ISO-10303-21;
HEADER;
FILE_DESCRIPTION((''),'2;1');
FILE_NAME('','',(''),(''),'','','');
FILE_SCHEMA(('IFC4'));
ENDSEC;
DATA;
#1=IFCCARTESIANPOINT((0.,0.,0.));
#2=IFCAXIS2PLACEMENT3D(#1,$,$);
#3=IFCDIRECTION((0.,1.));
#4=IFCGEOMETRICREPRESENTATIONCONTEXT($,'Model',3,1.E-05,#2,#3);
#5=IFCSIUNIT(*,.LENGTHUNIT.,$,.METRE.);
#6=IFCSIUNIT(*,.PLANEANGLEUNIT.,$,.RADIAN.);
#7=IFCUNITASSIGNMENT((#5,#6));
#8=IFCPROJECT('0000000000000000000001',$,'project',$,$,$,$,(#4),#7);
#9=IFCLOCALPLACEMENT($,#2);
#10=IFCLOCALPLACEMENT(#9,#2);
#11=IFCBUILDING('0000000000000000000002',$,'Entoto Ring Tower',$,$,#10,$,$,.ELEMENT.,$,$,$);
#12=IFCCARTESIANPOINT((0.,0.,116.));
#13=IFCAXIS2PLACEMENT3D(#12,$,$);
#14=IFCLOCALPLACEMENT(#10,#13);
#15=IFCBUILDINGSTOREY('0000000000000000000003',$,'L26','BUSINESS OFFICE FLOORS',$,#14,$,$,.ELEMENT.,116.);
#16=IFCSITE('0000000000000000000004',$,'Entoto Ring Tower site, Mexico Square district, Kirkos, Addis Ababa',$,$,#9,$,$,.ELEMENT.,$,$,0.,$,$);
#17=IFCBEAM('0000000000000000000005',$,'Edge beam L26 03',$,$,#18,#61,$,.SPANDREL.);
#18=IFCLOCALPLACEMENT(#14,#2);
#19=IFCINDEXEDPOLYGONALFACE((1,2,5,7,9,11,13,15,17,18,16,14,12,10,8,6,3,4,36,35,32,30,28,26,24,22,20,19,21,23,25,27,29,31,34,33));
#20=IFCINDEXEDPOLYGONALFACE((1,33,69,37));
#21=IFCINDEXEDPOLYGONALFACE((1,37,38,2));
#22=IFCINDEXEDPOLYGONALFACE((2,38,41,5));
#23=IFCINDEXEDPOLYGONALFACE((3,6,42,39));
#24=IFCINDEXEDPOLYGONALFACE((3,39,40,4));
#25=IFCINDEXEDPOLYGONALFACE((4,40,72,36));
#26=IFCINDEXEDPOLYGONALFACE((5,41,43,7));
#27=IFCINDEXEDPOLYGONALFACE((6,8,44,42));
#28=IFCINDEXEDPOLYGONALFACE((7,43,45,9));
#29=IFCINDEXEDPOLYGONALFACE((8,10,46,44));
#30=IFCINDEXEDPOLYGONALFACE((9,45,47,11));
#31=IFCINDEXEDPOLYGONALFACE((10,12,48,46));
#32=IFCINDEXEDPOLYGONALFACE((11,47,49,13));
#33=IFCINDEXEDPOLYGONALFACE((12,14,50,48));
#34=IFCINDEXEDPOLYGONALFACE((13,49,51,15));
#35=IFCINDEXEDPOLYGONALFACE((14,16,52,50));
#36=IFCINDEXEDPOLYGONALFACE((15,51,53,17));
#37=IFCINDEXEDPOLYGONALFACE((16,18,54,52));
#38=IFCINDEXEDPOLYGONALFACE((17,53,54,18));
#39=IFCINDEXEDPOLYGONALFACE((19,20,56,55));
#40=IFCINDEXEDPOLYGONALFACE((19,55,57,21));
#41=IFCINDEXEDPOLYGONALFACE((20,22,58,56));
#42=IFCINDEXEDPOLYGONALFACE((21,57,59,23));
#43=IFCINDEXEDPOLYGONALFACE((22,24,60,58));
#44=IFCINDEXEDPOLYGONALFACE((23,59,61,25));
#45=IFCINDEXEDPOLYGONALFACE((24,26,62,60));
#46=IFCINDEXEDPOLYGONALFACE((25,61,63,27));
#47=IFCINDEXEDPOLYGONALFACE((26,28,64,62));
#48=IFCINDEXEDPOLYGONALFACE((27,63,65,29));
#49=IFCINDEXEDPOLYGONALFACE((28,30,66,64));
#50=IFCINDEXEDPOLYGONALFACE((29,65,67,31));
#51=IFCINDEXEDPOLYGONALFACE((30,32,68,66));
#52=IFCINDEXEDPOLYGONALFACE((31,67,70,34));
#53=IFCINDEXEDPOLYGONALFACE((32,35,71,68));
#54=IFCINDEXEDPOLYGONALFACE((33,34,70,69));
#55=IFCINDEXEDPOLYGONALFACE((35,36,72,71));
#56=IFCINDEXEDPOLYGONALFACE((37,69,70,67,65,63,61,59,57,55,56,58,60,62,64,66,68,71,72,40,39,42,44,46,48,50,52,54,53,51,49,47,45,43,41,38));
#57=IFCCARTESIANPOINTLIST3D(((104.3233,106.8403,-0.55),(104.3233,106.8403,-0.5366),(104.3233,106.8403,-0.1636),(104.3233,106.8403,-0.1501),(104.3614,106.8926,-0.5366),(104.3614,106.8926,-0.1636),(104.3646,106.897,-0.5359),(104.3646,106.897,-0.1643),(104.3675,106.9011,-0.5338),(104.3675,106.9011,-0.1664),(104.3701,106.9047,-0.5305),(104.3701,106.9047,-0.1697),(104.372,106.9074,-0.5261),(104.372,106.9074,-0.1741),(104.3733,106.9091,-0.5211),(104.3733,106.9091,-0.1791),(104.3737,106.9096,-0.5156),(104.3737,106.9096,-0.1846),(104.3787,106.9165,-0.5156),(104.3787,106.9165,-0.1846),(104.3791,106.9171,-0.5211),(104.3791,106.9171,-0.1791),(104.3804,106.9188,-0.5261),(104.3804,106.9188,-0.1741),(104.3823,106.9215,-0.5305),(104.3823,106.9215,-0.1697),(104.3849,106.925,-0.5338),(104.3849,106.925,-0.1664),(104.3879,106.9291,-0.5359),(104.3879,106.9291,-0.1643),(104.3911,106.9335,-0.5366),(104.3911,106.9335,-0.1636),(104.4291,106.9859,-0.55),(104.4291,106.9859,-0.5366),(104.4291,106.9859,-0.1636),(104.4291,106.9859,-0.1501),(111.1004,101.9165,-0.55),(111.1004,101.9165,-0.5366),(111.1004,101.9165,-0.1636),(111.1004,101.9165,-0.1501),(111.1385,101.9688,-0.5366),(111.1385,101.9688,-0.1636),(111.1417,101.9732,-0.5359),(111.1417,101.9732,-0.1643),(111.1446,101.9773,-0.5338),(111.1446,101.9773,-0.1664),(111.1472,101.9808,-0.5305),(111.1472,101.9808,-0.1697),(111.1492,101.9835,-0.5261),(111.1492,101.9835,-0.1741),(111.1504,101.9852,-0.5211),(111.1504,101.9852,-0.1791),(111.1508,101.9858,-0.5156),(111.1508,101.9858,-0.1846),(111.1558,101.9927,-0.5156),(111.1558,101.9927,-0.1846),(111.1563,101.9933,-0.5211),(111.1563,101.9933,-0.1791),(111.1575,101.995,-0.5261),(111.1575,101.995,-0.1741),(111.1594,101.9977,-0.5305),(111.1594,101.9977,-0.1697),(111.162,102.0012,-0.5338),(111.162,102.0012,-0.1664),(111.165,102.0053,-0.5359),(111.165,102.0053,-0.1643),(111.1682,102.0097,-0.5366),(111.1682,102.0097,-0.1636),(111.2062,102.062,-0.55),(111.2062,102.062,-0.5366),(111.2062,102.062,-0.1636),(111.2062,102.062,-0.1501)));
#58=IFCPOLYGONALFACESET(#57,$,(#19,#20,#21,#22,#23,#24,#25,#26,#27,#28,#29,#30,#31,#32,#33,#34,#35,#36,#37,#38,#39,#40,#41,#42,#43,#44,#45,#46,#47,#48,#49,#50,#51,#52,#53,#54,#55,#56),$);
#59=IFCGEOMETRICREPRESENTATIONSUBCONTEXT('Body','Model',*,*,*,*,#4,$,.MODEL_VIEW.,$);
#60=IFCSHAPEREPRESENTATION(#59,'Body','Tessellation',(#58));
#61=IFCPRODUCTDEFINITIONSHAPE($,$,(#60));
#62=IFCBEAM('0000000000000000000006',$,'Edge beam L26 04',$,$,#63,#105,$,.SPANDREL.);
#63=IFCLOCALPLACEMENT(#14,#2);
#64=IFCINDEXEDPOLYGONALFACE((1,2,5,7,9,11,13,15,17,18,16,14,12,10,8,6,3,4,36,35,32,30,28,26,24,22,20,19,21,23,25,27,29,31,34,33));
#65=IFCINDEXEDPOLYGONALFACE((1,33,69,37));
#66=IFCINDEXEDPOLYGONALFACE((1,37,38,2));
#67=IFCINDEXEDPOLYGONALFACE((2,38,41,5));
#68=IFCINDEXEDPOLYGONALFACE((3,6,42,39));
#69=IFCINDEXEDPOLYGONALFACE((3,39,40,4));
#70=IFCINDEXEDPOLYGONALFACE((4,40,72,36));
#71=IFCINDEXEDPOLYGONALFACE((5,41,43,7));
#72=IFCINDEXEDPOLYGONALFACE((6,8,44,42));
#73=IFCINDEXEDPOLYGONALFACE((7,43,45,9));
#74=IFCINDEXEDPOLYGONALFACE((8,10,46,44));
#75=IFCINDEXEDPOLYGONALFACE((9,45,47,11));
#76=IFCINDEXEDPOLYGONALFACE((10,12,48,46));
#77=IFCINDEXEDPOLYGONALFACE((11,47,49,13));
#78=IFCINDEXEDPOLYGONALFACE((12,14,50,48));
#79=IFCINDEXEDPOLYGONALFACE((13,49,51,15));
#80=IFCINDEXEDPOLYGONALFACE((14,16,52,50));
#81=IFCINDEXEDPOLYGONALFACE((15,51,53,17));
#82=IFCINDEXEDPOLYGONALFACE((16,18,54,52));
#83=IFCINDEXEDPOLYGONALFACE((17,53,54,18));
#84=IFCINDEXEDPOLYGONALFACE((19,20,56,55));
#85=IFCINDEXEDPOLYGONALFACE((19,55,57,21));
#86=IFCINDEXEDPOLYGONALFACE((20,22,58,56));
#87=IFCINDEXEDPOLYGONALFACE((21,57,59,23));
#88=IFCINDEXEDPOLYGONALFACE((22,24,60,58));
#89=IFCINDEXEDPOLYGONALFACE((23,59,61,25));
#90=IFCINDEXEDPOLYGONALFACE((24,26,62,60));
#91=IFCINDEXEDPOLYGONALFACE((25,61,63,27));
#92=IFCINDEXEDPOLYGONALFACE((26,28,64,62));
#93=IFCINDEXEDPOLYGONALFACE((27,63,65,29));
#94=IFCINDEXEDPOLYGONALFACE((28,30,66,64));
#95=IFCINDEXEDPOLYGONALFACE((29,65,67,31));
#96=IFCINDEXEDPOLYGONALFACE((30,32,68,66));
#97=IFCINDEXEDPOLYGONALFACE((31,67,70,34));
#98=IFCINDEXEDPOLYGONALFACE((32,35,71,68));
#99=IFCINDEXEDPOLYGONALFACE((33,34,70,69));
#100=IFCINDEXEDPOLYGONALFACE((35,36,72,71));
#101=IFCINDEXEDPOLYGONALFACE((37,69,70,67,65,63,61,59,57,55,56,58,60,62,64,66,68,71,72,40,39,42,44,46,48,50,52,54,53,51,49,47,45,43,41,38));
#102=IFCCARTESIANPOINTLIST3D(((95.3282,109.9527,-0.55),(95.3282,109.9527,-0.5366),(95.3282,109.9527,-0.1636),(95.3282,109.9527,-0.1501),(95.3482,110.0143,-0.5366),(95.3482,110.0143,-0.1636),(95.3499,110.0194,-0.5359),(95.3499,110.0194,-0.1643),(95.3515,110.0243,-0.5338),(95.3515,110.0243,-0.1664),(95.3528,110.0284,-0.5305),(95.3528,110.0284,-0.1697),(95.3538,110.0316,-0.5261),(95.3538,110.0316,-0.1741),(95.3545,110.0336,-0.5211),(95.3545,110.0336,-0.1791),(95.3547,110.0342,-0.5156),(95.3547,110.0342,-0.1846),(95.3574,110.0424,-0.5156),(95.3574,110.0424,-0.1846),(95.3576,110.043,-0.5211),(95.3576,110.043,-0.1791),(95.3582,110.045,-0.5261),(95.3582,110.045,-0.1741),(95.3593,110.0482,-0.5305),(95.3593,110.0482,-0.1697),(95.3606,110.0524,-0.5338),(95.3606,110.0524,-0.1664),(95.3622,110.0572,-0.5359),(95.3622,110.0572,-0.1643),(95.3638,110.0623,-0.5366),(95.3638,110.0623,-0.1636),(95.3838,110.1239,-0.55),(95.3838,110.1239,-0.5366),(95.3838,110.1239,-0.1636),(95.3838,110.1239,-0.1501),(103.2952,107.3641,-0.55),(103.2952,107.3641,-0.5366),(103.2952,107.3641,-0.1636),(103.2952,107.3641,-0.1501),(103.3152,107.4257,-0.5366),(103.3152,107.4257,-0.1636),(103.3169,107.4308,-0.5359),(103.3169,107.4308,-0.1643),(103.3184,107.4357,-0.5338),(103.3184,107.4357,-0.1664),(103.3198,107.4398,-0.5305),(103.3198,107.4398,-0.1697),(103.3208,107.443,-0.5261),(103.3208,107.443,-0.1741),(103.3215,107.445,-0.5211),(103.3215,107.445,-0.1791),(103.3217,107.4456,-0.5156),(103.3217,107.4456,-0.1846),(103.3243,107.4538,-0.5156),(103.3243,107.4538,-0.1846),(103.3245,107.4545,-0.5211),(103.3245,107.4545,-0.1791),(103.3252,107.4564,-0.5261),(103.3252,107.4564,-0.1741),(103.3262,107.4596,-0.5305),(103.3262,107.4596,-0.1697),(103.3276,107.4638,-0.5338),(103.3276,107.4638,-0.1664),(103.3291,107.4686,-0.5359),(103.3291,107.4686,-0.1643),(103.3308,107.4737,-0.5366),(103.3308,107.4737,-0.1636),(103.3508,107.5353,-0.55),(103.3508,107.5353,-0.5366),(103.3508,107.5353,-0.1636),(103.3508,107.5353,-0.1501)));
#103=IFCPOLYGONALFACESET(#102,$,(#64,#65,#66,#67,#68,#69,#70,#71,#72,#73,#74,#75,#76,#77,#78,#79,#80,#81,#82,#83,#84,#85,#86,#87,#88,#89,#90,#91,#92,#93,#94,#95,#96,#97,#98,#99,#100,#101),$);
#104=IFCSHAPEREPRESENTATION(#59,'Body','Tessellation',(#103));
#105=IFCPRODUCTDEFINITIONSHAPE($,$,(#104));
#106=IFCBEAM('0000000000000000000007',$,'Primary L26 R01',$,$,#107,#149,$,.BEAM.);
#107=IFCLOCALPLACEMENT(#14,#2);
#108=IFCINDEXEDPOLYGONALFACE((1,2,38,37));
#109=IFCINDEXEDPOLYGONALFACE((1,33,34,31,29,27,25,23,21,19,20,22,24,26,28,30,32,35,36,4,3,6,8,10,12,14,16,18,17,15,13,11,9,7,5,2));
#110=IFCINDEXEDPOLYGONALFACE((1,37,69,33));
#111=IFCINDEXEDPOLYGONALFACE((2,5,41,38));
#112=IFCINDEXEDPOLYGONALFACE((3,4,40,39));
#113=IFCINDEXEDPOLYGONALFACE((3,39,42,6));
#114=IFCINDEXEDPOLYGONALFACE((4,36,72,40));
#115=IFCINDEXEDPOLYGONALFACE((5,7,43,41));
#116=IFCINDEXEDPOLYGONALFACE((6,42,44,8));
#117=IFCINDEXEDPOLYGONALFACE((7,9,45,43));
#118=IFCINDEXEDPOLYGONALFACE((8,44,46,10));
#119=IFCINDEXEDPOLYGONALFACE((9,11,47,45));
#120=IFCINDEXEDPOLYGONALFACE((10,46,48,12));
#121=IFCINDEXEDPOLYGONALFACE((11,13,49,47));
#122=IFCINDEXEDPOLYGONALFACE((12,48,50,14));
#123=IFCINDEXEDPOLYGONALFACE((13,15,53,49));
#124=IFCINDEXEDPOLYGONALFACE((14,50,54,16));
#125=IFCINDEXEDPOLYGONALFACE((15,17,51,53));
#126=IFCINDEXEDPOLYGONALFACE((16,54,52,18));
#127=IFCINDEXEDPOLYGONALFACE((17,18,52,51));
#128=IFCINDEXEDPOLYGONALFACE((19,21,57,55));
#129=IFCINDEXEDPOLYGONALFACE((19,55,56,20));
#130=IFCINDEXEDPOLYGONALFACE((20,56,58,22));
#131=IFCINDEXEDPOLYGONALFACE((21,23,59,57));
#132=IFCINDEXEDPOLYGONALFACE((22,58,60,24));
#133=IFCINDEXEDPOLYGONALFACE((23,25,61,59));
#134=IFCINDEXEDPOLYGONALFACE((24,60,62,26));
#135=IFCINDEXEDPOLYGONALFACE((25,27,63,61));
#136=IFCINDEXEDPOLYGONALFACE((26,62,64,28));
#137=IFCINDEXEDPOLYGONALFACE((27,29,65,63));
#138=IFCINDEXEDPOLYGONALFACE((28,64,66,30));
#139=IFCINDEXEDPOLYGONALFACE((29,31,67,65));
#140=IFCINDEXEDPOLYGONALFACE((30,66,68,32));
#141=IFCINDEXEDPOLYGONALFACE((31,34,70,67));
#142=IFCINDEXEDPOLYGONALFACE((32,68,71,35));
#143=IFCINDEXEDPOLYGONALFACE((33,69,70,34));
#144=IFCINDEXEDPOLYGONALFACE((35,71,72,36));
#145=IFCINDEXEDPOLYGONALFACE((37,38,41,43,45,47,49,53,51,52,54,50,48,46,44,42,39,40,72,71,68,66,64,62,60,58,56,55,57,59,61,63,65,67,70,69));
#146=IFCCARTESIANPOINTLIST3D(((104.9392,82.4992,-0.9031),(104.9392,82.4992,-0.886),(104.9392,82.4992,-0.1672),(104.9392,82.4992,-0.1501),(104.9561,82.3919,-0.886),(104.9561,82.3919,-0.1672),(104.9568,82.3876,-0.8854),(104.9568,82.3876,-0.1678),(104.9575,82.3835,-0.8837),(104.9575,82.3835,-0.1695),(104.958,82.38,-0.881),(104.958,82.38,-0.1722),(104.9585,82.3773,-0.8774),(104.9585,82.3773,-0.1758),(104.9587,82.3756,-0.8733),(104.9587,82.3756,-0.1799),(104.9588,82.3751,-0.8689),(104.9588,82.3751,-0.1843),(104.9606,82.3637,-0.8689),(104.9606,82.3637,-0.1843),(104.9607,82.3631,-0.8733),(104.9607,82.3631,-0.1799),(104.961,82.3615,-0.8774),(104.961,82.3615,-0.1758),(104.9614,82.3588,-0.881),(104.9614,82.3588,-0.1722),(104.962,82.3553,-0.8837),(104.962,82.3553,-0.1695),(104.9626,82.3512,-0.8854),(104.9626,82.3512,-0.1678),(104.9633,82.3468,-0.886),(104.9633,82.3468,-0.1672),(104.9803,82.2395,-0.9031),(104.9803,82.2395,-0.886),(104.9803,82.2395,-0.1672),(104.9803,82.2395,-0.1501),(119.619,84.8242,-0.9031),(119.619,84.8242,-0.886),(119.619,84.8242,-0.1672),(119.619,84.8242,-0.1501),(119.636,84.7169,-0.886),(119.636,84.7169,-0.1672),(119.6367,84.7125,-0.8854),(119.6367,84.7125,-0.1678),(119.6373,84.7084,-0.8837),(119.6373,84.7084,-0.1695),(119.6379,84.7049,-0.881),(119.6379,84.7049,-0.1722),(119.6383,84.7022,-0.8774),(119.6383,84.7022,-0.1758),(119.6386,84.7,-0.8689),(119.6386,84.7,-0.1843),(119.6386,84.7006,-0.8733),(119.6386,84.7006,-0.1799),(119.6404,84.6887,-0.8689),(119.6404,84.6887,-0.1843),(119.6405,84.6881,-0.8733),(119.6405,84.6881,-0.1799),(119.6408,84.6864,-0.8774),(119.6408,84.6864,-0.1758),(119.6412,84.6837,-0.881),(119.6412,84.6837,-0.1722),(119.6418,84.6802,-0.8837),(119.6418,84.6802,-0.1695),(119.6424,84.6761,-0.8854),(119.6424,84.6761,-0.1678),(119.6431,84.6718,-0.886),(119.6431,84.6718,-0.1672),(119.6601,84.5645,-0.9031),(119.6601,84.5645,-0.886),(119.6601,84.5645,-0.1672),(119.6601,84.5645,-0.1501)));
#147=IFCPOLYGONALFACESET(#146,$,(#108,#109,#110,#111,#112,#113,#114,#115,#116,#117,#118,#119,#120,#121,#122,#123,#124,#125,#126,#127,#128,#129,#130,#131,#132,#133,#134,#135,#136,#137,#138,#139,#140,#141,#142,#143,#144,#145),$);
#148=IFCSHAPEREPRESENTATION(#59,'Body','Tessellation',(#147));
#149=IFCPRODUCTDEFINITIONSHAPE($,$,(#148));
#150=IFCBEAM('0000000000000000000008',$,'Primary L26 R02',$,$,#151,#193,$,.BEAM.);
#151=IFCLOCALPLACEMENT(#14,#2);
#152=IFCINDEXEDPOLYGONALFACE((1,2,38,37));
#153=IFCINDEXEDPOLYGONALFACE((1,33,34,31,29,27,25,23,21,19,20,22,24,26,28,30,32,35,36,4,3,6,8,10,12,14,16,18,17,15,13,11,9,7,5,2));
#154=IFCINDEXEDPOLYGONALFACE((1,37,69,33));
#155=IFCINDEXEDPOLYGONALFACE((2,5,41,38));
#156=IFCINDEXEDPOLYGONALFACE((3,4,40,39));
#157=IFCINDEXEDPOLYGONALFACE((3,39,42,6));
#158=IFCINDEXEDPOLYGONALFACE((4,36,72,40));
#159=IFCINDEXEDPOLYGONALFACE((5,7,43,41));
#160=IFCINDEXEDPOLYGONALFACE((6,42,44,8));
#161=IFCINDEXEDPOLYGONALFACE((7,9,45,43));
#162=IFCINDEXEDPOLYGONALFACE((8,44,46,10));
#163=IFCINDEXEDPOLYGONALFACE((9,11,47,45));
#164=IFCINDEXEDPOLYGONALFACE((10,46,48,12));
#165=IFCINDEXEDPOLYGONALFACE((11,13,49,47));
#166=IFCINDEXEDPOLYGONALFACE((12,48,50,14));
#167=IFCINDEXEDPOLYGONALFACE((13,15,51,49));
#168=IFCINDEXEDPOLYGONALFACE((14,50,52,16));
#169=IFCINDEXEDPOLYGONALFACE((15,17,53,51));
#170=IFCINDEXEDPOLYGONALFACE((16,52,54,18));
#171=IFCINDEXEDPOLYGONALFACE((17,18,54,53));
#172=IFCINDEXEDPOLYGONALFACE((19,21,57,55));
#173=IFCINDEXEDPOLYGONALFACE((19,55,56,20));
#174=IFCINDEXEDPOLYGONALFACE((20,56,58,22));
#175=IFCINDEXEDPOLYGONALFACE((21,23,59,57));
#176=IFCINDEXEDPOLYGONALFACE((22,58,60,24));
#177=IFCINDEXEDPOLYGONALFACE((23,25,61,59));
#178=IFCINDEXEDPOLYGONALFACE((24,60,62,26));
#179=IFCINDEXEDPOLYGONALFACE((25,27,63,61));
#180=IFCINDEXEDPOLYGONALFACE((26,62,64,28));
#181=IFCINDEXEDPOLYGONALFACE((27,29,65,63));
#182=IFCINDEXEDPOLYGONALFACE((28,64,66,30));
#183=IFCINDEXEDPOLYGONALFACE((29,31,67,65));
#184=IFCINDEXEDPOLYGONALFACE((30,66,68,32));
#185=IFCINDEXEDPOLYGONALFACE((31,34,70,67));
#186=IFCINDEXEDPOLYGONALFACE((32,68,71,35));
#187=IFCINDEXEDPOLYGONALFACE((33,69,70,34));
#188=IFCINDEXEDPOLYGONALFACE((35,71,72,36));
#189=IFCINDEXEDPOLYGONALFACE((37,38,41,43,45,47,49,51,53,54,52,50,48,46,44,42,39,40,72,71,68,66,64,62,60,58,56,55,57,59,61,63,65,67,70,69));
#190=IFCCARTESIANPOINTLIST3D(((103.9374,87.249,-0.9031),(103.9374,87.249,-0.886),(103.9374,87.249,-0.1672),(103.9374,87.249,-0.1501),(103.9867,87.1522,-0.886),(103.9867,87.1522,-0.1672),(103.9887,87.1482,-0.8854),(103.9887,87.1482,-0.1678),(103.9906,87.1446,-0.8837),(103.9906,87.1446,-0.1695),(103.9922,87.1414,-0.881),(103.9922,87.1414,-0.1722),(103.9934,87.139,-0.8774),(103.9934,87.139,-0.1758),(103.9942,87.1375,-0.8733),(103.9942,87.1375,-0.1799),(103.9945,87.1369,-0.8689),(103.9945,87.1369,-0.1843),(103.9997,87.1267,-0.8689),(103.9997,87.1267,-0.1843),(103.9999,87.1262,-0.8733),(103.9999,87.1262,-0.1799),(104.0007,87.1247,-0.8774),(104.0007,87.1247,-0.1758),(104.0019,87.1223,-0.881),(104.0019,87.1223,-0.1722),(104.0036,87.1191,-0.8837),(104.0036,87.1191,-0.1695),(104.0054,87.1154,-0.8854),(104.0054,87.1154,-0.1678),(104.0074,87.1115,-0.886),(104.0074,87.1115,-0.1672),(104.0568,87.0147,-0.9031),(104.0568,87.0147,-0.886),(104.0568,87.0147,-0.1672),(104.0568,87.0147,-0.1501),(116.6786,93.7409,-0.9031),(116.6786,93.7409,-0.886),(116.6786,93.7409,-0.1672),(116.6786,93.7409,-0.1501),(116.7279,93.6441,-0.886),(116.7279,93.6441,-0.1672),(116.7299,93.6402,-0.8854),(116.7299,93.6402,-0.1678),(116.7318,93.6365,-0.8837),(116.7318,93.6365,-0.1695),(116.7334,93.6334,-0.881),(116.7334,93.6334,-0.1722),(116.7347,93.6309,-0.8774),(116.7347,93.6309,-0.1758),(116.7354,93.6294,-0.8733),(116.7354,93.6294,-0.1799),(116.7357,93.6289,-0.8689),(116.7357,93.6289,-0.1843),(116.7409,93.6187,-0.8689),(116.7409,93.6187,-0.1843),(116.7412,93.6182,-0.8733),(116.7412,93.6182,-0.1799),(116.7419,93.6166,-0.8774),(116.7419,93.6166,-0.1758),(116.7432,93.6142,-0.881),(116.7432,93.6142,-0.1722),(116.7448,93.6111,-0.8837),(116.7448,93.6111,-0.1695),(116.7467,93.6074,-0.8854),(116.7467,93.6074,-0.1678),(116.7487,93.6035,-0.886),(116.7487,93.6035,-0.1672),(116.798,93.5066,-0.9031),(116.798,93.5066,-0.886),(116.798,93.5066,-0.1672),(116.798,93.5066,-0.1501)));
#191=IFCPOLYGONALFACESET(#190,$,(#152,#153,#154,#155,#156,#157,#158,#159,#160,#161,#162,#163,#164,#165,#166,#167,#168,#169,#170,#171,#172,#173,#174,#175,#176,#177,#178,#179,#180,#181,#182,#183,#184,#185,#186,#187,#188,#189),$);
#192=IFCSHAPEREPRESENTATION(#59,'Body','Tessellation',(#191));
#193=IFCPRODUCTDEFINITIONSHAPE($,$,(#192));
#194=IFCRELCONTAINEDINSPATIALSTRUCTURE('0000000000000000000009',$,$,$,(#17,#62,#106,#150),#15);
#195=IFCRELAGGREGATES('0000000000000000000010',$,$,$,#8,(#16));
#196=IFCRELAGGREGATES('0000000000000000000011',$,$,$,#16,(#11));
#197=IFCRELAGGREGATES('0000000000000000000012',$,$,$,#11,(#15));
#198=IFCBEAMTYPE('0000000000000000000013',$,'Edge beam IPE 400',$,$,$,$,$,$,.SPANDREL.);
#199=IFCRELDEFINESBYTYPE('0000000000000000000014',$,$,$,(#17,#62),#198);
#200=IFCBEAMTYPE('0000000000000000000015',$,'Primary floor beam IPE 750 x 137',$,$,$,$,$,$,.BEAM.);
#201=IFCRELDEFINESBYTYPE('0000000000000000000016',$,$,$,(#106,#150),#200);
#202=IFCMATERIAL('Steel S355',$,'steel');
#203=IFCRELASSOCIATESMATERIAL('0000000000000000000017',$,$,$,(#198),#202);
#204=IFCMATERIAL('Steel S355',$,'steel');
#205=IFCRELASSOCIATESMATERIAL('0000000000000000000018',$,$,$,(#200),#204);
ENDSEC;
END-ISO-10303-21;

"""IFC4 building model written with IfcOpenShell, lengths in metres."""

from ifc_helpers import new_model, si_unit, direction, frame, origin, origin_2d, place, context, subcontext, project, spatial, i_section, extrude, material, material_profile, profile_set, type_object, element, save


model = new_model("IFC4")

# Units and contexts
model_context = context("Model", 3, precision=1e-05, world=origin(), true_north=direction((0.0, 1.0)))
body_context = subcontext(model_context, "Body", "Model", "MODEL_VIEW")
ifc_project = project(units=[si_unit("LENGTHUNIT", "METRE"), si_unit("PLANEANGLEUNIT", "RADIAN")], contexts=[model_context])

# Site, building, storey
site_placement = place(None, origin())
site = spatial("IfcSite", under=ifc_project, at=site_placement, Name="Entoto Ring Tower site, Mexico Square district, Kirkos, Addis Ababa", CompositionType="ELEMENT", RefElevation=0.0)
building_placement = place(site_placement, origin())
building = spatial("IfcBuilding", under=site, at=building_placement, Name="Entoto Ring Tower", CompositionType="ELEMENT")
storey_placement = place(building_placement, frame((0.0, 0.0, 116.0)))
storey = spatial("IfcBuildingStorey", under=building, at=storey_placement, Name="L26", Description="BUSINESS OFFICE FLOORS", CompositionType="ELEMENT", Elevation=116.0)

# Beams
ifc_material_1 = material(Name="Steel S355", Category="steel")
ifc_material_profile_1 = material_profile(ifc_material_1, i_section(OverallWidth=0.1799, OverallDepth=0.3999, WebThickness=0.0085, FlangeThickness=0.0134, FilletRadius=0.021, at=origin_2d()), Name="IPE 400")
ifc_profile_set_1 = profile_set([ifc_material_profile_1], Name="Steel S355")
beam_type_1 = type_object("IfcBeamType", Name="Edge beam IPE 400", PredefinedType="SPANDREL", material=ifc_profile_set_1)
for number, where, z_axis, x_axis, name in (
    (1, (111.1533, 101.9893, -0.3501), (-0.809018, 0.587783, 0.0), (-0.587783, -0.809018, 0.0), "Edge beam L26 03"),
    (2, (103.323, 107.4497, -0.3501), (-0.951057, 0.309014, 0.0), (-0.309014, -0.951057, 0.0), "Edge beam L26 04"),
):
    element("IfcBeam", number, at=place(storey_placement, frame(where, z_axis=z_axis, x_axis=x_axis)), inside=storey, type_object=beam_type_1, Name=name, PredefinedType="SPANDREL", context=body_context, shape_type="SweptSolid", body=[
        extrude(i_section(OverallWidth=0.1799, OverallDepth=0.3999, WebThickness=0.0085, FlangeThickness=0.0134, FilletRadius=0.021, at=origin_2d()), origin(), (0.0, 0.0, 1.0), 8.377),
    ])
ifc_material_2 = material(Name="Steel S355", Category="steel")
ifc_material_profile_2 = material_profile(ifc_material_2, i_section(OverallWidth=0.2629, OverallDepth=0.7529, WebThickness=0.0115, FlangeThickness=0.0171, FilletRadius=0.0171, at=origin_2d()), Name="IPE 750 x 137")
ifc_profile_set_2 = profile_set([ifc_material_profile_2], Name="Steel S355")
beam_type_2 = type_object("IfcBeamType", Name="Primary floor beam IPE 750 x 137", PredefinedType="BEAM", material=ifc_profile_set_2)
beam_1_placement = place(storey_placement, frame((104.9597, 82.3694, -0.5266), z_axis=(0.98769, 0.156426, 0.0), x_axis=(-0.156426, 0.98769, 0.0)))
element("IfcBeam", 3, at=beam_1_placement, inside=storey, type_object=beam_type_2, Name="Primary L26 R01", PredefinedType="BEAM", context=body_context, shape_type="SweptSolid", body=[
    extrude(i_section(OverallWidth=0.2629, OverallDepth=0.7529, WebThickness=0.0115, FlangeThickness=0.0171, FilletRadius=0.0171, at=origin_2d()), origin(), (0.0, 0.0, 1.0), 14.8628),
])
beam_2_placement = place(storey_placement, frame((103.9971, 87.1318, -0.5266), z_axis=(0.891007, 0.453989, 0.0), x_axis=(-0.453989, 0.891007, 0.0)))
element("IfcBeam", 4, at=beam_2_placement, inside=storey, type_object=beam_type_2, Name="Primary L26 R02", PredefinedType="BEAM", context=body_context, shape_type="SweptSolid", body=[
    extrude(i_section(OverallWidth=0.2629, OverallDepth=0.7529, WebThickness=0.0115, FlangeThickness=0.0171, FilletRadius=0.0171, at=origin_2d()), origin(), (0.0, 0.0, 1.0), 14.2998),
])

save(model, "model.ifc")
